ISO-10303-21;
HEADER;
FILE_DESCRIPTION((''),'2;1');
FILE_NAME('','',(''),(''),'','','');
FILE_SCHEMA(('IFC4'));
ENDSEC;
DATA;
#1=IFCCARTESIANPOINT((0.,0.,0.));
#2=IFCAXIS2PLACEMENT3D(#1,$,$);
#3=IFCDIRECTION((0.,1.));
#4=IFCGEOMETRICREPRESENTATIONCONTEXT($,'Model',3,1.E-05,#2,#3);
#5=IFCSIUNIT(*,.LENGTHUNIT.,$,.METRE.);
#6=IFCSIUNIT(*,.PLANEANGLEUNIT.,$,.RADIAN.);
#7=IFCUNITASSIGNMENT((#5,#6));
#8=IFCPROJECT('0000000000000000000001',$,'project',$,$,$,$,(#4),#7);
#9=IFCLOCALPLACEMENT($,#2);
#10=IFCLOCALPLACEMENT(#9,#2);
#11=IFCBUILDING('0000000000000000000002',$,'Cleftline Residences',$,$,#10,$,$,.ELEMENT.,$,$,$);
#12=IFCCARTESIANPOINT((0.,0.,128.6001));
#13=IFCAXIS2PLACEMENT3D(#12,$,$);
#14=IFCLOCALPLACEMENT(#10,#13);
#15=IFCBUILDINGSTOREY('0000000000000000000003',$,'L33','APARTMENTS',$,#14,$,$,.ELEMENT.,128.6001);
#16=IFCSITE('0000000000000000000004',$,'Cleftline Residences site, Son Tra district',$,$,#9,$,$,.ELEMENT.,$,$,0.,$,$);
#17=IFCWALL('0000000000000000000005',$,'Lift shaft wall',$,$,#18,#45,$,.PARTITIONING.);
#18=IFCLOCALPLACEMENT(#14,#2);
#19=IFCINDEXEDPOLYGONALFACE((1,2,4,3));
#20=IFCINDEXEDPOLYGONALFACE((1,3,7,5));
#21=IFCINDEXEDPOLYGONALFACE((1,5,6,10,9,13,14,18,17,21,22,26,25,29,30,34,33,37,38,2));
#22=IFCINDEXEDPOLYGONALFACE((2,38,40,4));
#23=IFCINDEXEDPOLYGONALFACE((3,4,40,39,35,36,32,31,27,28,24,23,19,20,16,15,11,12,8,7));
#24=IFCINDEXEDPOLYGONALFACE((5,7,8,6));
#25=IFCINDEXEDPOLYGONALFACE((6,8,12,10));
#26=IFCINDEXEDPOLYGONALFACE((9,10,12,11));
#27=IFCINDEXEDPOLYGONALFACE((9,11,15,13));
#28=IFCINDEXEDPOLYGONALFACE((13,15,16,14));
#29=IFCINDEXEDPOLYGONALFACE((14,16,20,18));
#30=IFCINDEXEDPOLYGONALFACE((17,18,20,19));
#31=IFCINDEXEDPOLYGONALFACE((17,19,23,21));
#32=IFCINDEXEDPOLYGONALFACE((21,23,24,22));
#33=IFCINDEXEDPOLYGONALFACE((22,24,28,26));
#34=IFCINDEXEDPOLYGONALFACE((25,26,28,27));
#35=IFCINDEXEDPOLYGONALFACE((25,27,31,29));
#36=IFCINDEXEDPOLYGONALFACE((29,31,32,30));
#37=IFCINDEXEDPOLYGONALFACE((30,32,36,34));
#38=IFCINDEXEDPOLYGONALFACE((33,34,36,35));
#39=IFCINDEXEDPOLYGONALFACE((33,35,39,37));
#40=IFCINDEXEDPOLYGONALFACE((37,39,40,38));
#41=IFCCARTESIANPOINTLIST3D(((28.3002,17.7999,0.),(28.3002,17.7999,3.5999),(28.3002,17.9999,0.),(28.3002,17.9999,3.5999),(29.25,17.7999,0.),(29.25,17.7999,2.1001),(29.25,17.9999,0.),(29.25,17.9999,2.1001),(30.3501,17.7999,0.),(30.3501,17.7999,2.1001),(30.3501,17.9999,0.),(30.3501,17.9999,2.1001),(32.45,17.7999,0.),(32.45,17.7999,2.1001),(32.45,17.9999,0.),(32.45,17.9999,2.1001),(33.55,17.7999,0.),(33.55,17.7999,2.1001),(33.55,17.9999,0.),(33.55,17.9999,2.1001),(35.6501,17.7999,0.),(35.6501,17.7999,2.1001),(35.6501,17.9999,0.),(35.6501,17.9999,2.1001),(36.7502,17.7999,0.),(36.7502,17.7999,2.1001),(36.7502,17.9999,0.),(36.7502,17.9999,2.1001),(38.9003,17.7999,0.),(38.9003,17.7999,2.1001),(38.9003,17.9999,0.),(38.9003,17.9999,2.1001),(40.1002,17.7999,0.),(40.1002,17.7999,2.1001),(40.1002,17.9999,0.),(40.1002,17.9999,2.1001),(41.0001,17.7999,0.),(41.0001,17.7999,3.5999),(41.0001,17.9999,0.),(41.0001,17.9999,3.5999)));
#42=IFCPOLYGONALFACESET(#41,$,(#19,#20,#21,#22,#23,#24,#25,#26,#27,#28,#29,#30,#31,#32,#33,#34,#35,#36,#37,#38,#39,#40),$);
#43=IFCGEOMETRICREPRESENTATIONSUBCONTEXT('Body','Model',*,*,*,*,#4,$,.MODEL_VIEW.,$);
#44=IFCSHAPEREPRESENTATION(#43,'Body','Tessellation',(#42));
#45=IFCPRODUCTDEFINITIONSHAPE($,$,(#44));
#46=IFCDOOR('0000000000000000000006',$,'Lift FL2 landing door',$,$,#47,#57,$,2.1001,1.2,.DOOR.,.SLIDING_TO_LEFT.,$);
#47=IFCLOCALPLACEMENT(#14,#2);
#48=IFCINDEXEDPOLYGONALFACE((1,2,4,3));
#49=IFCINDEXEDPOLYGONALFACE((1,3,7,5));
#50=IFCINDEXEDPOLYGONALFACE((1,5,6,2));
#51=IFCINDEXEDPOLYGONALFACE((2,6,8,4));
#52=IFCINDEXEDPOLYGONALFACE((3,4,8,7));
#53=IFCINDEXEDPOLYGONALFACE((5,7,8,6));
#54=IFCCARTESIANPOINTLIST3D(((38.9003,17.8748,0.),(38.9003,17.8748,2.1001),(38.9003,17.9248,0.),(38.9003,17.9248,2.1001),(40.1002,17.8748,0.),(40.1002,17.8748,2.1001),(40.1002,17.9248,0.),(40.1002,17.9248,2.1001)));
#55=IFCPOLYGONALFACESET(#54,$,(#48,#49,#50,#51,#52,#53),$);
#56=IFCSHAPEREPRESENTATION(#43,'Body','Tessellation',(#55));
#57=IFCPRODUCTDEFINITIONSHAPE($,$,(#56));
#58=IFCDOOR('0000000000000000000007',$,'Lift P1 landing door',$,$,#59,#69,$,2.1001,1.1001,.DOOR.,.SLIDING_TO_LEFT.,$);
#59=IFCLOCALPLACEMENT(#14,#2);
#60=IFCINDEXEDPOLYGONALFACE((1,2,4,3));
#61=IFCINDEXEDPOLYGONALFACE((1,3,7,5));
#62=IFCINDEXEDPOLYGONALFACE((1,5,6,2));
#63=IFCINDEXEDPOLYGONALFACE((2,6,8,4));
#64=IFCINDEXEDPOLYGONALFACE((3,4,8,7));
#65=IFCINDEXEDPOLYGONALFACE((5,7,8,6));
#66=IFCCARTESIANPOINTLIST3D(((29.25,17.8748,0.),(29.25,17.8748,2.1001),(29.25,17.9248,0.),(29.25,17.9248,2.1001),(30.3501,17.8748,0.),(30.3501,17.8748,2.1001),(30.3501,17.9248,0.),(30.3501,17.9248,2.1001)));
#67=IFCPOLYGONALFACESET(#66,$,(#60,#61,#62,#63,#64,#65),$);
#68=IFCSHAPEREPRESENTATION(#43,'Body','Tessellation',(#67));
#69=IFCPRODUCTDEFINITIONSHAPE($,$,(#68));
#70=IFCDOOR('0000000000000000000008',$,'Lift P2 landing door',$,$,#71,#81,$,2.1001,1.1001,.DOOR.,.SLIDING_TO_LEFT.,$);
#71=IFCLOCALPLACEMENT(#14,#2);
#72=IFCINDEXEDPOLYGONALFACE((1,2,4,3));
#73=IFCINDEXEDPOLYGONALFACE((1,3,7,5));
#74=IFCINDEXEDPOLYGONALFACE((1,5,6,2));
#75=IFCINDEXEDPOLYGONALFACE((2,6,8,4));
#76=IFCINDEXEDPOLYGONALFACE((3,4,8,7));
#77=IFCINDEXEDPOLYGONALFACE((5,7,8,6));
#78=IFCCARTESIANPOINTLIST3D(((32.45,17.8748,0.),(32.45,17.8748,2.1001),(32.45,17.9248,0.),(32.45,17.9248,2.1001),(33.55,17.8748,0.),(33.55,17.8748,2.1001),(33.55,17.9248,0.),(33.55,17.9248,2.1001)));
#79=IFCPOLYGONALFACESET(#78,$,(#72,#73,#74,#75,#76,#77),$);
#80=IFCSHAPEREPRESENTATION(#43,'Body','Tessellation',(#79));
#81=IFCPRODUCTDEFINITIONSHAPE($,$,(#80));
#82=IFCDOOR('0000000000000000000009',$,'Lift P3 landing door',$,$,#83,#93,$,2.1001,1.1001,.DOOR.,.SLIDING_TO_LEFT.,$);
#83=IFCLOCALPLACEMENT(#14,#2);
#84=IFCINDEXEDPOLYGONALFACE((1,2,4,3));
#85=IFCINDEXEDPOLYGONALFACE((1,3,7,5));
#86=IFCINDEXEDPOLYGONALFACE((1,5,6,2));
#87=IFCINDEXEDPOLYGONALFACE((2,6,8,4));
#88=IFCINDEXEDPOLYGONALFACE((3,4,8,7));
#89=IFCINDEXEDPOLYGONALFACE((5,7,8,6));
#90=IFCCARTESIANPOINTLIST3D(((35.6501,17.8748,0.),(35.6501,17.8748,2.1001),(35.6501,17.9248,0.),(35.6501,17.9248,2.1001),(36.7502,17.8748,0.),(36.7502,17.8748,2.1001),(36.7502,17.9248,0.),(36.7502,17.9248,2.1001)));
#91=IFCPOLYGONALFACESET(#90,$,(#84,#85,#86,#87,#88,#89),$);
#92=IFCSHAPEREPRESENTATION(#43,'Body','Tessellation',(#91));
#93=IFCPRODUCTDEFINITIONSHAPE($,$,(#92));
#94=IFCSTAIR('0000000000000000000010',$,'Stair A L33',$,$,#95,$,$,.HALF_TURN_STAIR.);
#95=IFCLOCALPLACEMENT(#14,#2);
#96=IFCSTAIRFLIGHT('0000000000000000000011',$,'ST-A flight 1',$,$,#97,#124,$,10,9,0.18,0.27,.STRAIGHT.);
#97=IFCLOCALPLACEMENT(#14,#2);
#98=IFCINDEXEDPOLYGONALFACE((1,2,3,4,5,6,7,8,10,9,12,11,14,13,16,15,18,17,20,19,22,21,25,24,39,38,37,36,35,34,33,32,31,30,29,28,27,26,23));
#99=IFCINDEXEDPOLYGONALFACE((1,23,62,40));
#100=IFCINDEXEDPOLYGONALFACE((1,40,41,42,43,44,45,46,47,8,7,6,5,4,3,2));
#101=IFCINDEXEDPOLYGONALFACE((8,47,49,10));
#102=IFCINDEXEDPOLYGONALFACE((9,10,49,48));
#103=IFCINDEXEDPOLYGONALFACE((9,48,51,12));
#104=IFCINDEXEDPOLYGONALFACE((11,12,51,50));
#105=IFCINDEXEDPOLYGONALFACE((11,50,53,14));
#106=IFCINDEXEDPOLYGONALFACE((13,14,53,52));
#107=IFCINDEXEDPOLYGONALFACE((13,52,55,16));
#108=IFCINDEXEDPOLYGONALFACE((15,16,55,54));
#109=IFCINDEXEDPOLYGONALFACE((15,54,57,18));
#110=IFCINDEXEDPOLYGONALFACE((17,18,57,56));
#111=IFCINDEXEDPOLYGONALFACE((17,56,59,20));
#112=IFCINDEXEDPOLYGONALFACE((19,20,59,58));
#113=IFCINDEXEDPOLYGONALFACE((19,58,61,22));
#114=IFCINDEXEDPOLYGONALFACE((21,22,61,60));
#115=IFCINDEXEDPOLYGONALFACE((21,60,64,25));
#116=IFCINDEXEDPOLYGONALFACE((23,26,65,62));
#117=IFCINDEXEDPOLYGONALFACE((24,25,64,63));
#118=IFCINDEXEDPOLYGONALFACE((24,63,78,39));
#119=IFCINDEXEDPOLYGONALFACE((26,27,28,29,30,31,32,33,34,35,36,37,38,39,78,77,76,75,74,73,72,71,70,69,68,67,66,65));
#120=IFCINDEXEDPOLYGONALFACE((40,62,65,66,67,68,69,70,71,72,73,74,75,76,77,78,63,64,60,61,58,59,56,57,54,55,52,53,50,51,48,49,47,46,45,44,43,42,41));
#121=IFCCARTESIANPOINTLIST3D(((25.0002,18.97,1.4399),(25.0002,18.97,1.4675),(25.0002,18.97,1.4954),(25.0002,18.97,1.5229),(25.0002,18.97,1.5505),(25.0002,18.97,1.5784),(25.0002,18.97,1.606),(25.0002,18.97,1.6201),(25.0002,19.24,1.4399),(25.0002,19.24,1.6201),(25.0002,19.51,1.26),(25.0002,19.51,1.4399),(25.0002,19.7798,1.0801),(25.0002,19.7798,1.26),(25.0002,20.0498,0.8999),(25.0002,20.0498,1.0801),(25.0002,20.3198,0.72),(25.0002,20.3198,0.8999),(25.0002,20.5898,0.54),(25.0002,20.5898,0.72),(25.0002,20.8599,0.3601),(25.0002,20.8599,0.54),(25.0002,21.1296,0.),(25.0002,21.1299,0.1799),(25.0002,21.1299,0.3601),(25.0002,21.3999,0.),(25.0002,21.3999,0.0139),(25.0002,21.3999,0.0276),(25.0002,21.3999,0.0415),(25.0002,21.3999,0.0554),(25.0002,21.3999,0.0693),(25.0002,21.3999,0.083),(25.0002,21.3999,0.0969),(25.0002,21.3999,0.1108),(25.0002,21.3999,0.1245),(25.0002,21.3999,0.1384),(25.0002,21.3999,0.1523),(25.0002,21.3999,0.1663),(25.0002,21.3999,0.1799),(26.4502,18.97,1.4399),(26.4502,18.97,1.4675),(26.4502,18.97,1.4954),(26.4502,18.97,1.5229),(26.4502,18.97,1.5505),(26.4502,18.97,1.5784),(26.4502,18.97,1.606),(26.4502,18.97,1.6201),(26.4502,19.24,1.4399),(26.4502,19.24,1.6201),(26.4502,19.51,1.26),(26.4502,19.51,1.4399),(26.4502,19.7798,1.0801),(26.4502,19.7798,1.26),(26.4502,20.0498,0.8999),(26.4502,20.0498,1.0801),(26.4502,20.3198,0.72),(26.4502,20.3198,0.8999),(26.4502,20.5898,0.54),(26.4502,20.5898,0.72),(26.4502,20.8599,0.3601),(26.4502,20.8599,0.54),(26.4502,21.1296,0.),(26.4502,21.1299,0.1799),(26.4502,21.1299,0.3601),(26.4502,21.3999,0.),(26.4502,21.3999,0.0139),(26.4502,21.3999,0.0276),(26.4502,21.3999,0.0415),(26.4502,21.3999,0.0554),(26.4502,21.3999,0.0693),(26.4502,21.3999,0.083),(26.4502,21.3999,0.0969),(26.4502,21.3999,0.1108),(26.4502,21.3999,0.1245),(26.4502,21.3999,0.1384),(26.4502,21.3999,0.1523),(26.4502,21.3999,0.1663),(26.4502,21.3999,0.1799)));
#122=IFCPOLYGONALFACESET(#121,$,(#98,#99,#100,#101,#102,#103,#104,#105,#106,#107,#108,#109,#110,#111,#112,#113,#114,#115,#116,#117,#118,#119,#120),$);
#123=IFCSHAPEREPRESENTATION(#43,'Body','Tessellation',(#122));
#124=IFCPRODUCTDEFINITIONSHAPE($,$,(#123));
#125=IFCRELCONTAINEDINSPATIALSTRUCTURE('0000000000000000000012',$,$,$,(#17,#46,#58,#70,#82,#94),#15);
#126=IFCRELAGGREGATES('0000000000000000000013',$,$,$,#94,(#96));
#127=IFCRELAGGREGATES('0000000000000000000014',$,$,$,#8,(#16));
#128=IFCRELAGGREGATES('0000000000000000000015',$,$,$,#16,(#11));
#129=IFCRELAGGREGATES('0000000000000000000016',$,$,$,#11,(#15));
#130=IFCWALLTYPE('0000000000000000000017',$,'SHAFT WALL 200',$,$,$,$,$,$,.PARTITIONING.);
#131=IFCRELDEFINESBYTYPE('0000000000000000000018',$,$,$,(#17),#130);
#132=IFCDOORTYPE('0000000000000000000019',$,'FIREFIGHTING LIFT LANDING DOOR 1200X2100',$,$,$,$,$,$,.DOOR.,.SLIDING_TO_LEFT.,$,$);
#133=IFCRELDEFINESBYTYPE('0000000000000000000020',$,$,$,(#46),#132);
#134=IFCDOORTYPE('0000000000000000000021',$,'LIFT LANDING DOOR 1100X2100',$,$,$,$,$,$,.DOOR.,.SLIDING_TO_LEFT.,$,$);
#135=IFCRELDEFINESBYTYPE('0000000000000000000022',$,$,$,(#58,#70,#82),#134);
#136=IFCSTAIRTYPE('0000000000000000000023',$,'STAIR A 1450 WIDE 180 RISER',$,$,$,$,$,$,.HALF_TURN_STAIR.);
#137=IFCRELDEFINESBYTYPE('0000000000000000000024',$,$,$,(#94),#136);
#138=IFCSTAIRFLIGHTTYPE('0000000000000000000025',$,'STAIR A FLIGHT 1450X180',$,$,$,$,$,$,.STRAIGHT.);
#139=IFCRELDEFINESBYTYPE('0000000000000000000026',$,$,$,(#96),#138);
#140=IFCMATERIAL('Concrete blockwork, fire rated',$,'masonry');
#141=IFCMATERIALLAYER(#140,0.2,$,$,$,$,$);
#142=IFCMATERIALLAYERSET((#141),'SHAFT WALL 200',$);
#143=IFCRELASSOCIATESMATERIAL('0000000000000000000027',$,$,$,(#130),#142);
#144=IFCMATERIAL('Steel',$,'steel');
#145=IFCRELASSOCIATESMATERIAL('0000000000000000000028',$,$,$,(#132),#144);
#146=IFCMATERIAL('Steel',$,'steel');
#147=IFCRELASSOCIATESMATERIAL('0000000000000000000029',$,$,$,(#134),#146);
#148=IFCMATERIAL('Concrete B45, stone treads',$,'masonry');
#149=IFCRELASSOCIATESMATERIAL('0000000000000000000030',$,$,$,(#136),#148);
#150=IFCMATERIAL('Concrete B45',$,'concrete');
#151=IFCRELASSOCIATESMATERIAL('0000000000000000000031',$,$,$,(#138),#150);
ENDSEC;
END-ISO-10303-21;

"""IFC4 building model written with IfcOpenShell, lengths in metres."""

from ifc_helpers import new_model, si_unit, direction, frame, frame_2d, origin, place, context, subcontext, project, spatial, polyline, rectangle, outline, extrude, material, layer, layer_set, type_object, element, fill, aggregate, save


model = new_model("IFC4")

# Units and contexts
model_context = context("Model", 3, precision=1e-05, world=origin(), true_north=direction((0.0, 1.0)))
body_context = subcontext(model_context, "Body", "Model", "MODEL_VIEW")
ifc_project = project(units=[si_unit("LENGTHUNIT", "METRE"), si_unit("PLANEANGLEUNIT", "RADIAN")], contexts=[model_context])

# Site, building, storey
site_placement = place(None, origin())
site = spatial("IfcSite", under=ifc_project, at=site_placement, Name="Cleftline Residences site, Son Tra district", CompositionType="ELEMENT", RefElevation=0.0)
building_placement = place(site_placement, origin())
building = spatial("IfcBuilding", under=site, at=building_placement, Name="Cleftline Residences", CompositionType="ELEMENT")
storey_placement = place(building_placement, frame((0.0, 0.0, 128.6001)))
storey = spatial("IfcBuildingStorey", under=building, at=storey_placement, Name="L33", Description="APARTMENTS", CompositionType="ELEMENT", Elevation=128.6001)

# Wall, openings, doors
ifc_material_1 = material(Name="Concrete blockwork, fire rated", Category="masonry")
ifc_layer_1 = layer(ifc_material_1, 0.2)
ifc_layer_set_1 = layer_set([ifc_layer_1], Name="SHAFT WALL 200")
wall_type_1 = type_object("IfcWallType", Name="SHAFT WALL 200", PredefinedType="PARTITIONING", material=ifc_layer_set_1)
wall_1_placement = place(storey_placement, frame((28.3, 17.8999, 0.0), z_axis=(0.0, 0.0, 1.0), x_axis=(1.0, 0.0, 0.0)))
wall_1 = element("IfcWall", 1, at=wall_1_placement, inside=storey, type_object=wall_type_1, Name="Lift shaft wall", PredefinedType="PARTITIONING", context=body_context, shape_type="SweptSolid", body=[
    extrude(rectangle(XDim=12.7, YDim=0.2, at=frame_2d((6.3501, 0.0))), origin(), (0.0, 0.0, 1.0), 3.5999),
])
opening_1_placement = place(wall_1_placement, frame((0.95, 0.0, 0.0)))
opening_1 = element("IfcOpeningElement", 2, at=opening_1_placement, cuts=wall_1, PredefinedType="OPENING", context=body_context, shape_type="SweptSolid", body=[
    extrude(rectangle(XDim=1.1001, YDim=2.1001, at=frame_2d((0.55, 1.05))), frame((0.0, 0.1099, 0.0), z_axis=(0.0, -1.0, 0.0), x_axis=(1.0, 0.0, 0.0)), (0.0, 0.0, 1.0), 0.22),
])
opening_2_placement = place(wall_1_placement, frame((4.1499, 0.0, 0.0)))
opening_2 = element("IfcOpeningElement", 3, at=opening_2_placement, cuts=wall_1, PredefinedType="OPENING", context=body_context, shape_type="SweptSolid", body=[
    extrude(rectangle(XDim=1.1001, YDim=2.1001, at=frame_2d((0.55, 1.05))), frame((0.0, 0.1099, 0.0), z_axis=(0.0, -1.0, 0.0), x_axis=(1.0, 0.0, 0.0)), (0.0, 0.0, 1.0), 0.22),
])
opening_3_placement = place(wall_1_placement, frame((7.3501, 0.0, 0.0)))
opening_3 = element("IfcOpeningElement", 4, at=opening_3_placement, cuts=wall_1, PredefinedType="OPENING", context=body_context, shape_type="SweptSolid", body=[
    extrude(rectangle(XDim=1.1001, YDim=2.1001, at=frame_2d((0.55, 1.05))), frame((0.0, 0.1099, 0.0), z_axis=(0.0, -1.0, 0.0), x_axis=(1.0, 0.0, 0.0)), (0.0, 0.0, 1.0), 0.22),
])
opening_4_placement = place(wall_1_placement, frame((10.6001, 0.0, 0.0)))
opening_4 = element("IfcOpeningElement", 5, at=opening_4_placement, cuts=wall_1, PredefinedType="OPENING", context=body_context, shape_type="SweptSolid", body=[
    extrude(rectangle(XDim=1.2, YDim=2.1001, at=frame_2d((0.6001, 1.05))), frame((0.0, 0.1099, 0.0), z_axis=(0.0, -1.0, 0.0), x_axis=(1.0, 0.0, 0.0)), (0.0, 0.0, 1.0), 0.22),
])
ifc_material_2 = material(Name="Steel", Category="steel")
door_type_1 = type_object("IfcDoorType", Name="FIREFIGHTING LIFT LANDING DOOR 1200X2100", OperationType="SLIDING_TO_LEFT", PredefinedType="DOOR", material=ifc_material_2)
door_1_placement = place(opening_4_placement, origin())
door_1 = element("IfcDoor", 6, at=door_1_placement, inside=storey, type_object=door_type_1, Name="Lift FL2 landing door", OperationType="SLIDING_TO_LEFT", OverallHeight=2.1001, OverallWidth=1.2, PredefinedType="DOOR", context=body_context, shape_type="SweptSolid", body=[
    extrude(rectangle(XDim=1.2, YDim=2.1001, at=frame_2d((0.6001, 1.05))), frame((0.0, 0.0249, 0.0), z_axis=(0.0, -1.0, 0.0), x_axis=(1.0, 0.0, 0.0)), (0.0, 0.0, 1.0), 0.05),
])
fill(opening_4, door_1)
ifc_material_3 = material(Name="Steel", Category="steel")
door_type_2 = type_object("IfcDoorType", Name="LIFT LANDING DOOR 1100X2100", OperationType="SLIDING_TO_LEFT", PredefinedType="DOOR", material=ifc_material_3)
door_2_placement = place(opening_1_placement, origin())
door_2 = element("IfcDoor", 7, at=door_2_placement, inside=storey, type_object=door_type_2, Name="Lift P1 landing door", OperationType="SLIDING_TO_LEFT", OverallHeight=2.1001, OverallWidth=1.1001, PredefinedType="DOOR", context=body_context, shape_type="SweptSolid", body=[
    extrude(rectangle(XDim=1.1001, YDim=2.1001, at=frame_2d((0.55, 1.05))), frame((0.0, 0.0249, 0.0), z_axis=(0.0, -1.0, 0.0), x_axis=(1.0, 0.0, 0.0)), (0.0, 0.0, 1.0), 0.05),
])
fill(opening_1, door_2)
door_3_placement = place(opening_2_placement, origin())
door_3 = element("IfcDoor", 8, at=door_3_placement, inside=storey, type_object=door_type_2, Name="Lift P2 landing door", OperationType="SLIDING_TO_LEFT", OverallHeight=2.1001, OverallWidth=1.1001, PredefinedType="DOOR", context=body_context, shape_type="SweptSolid", body=[
    extrude(rectangle(XDim=1.1001, YDim=2.1001, at=frame_2d((0.55, 1.05))), frame((0.0, 0.0249, 0.0), z_axis=(0.0, -1.0, 0.0), x_axis=(1.0, 0.0, 0.0)), (0.0, 0.0, 1.0), 0.05),
])
fill(opening_2, door_3)
door_4_placement = place(opening_3_placement, origin())
door_4 = element("IfcDoor", 9, at=door_4_placement, inside=storey, type_object=door_type_2, Name="Lift P3 landing door", OperationType="SLIDING_TO_LEFT", OverallHeight=2.1001, OverallWidth=1.1001, PredefinedType="DOOR", context=body_context, shape_type="SweptSolid", body=[
    extrude(rectangle(XDim=1.1001, YDim=2.1001, at=frame_2d((0.55, 1.05))), frame((0.0, 0.0249, 0.0), z_axis=(0.0, -1.0, 0.0), x_axis=(1.0, 0.0, 0.0)), (0.0, 0.0, 1.0), 0.05),
])
fill(opening_3, door_4)

# Stair, stair flight
ifc_material_4 = material(Name="Concrete B45, stone treads", Category="masonry")
stair_type = type_object("IfcStairType", Name="STAIR A 1450 WIDE 180 RISER", PredefinedType="HALF_TURN_STAIR", material=ifc_material_4)
stair_placement = place(storey_placement, origin())
stair = element("IfcStair", 10, at=stair_placement, inside=storey, type_object=stair_type, Name="Stair A L33", PredefinedType="HALF_TURN_STAIR")
ifc_material_5 = material(Name="Concrete B45", Category="concrete")
stair_flight_type = type_object("IfcStairFlightType", Name="STAIR A FLIGHT 1450X180", PredefinedType="STRAIGHT", material=ifc_material_5)
stair_flight_1_placement = place(storey_placement, frame((25.7251, 21.3999, 0.0), z_axis=(0.0, 0.0, 1.0), x_axis=(0.0, -1.0, 0.0)))
stair_flight_1 = element("IfcStairFlight", 11, at=stair_flight_1_placement, type_object=stair_flight_type, Name="ST-A flight 1", NumberOfRisers=10, NumberOfTreads=9, PredefinedType="STRAIGHT", RiserHeight=0.18, TreadLength=0.27, context=body_context, shape_type="SweptSolid", body=[
    extrude(outline(polyline([(0.0, 0.0), (0.0, 0.0139), (0.0, 0.0276), (0.0, 0.0415), (0.0, 0.0554), (0.0, 0.0693), (0.0, 0.083), (0.0, 0.0969), (0.0, 0.1108), (0.0, 0.1245), (0.0, 0.1384), (0.0, 0.1523), (0.0, 0.1663), (0.0, 0.1799), (0.27, 0.1799), (0.27, 0.3601), (0.54, 0.3601), (0.54, 0.54), (0.8101, 0.54), (0.8101, 0.72), (1.0801, 0.72), (1.0801, 0.8999), (1.3501, 0.8999), (1.3501, 1.0801), (1.6201, 1.0801), (1.6201, 1.26), (1.8899, 1.26), (1.8899, 1.4399), (2.1599, 1.4399), (2.1599, 1.6201), (2.4299, 1.6201), (2.4299, 1.8), (2.4299, 1.7722), (2.4299, 1.7446), (2.4299, 1.7168), (2.4299, 1.6892), (2.4299, 1.6614), (2.4299, 1.6338), (2.4299, 1.606), (2.4299, 1.5784), (2.4299, 1.5505), (2.4299, 1.5229), (2.4299, 1.4954), (2.4299, 1.4675), (2.4299, 1.4399), (0.2703, 0.0), (0.0, 0.0)])), frame((0.0, 0.7251, 0.0), z_axis=(0.0, -1.0, 0.0), x_axis=(1.0, 0.0, 0.0)), (0.0, 0.0, 1.0), 1.45),
])
aggregate(stair, [stair_flight_1])

save(model, "model.ifc")
